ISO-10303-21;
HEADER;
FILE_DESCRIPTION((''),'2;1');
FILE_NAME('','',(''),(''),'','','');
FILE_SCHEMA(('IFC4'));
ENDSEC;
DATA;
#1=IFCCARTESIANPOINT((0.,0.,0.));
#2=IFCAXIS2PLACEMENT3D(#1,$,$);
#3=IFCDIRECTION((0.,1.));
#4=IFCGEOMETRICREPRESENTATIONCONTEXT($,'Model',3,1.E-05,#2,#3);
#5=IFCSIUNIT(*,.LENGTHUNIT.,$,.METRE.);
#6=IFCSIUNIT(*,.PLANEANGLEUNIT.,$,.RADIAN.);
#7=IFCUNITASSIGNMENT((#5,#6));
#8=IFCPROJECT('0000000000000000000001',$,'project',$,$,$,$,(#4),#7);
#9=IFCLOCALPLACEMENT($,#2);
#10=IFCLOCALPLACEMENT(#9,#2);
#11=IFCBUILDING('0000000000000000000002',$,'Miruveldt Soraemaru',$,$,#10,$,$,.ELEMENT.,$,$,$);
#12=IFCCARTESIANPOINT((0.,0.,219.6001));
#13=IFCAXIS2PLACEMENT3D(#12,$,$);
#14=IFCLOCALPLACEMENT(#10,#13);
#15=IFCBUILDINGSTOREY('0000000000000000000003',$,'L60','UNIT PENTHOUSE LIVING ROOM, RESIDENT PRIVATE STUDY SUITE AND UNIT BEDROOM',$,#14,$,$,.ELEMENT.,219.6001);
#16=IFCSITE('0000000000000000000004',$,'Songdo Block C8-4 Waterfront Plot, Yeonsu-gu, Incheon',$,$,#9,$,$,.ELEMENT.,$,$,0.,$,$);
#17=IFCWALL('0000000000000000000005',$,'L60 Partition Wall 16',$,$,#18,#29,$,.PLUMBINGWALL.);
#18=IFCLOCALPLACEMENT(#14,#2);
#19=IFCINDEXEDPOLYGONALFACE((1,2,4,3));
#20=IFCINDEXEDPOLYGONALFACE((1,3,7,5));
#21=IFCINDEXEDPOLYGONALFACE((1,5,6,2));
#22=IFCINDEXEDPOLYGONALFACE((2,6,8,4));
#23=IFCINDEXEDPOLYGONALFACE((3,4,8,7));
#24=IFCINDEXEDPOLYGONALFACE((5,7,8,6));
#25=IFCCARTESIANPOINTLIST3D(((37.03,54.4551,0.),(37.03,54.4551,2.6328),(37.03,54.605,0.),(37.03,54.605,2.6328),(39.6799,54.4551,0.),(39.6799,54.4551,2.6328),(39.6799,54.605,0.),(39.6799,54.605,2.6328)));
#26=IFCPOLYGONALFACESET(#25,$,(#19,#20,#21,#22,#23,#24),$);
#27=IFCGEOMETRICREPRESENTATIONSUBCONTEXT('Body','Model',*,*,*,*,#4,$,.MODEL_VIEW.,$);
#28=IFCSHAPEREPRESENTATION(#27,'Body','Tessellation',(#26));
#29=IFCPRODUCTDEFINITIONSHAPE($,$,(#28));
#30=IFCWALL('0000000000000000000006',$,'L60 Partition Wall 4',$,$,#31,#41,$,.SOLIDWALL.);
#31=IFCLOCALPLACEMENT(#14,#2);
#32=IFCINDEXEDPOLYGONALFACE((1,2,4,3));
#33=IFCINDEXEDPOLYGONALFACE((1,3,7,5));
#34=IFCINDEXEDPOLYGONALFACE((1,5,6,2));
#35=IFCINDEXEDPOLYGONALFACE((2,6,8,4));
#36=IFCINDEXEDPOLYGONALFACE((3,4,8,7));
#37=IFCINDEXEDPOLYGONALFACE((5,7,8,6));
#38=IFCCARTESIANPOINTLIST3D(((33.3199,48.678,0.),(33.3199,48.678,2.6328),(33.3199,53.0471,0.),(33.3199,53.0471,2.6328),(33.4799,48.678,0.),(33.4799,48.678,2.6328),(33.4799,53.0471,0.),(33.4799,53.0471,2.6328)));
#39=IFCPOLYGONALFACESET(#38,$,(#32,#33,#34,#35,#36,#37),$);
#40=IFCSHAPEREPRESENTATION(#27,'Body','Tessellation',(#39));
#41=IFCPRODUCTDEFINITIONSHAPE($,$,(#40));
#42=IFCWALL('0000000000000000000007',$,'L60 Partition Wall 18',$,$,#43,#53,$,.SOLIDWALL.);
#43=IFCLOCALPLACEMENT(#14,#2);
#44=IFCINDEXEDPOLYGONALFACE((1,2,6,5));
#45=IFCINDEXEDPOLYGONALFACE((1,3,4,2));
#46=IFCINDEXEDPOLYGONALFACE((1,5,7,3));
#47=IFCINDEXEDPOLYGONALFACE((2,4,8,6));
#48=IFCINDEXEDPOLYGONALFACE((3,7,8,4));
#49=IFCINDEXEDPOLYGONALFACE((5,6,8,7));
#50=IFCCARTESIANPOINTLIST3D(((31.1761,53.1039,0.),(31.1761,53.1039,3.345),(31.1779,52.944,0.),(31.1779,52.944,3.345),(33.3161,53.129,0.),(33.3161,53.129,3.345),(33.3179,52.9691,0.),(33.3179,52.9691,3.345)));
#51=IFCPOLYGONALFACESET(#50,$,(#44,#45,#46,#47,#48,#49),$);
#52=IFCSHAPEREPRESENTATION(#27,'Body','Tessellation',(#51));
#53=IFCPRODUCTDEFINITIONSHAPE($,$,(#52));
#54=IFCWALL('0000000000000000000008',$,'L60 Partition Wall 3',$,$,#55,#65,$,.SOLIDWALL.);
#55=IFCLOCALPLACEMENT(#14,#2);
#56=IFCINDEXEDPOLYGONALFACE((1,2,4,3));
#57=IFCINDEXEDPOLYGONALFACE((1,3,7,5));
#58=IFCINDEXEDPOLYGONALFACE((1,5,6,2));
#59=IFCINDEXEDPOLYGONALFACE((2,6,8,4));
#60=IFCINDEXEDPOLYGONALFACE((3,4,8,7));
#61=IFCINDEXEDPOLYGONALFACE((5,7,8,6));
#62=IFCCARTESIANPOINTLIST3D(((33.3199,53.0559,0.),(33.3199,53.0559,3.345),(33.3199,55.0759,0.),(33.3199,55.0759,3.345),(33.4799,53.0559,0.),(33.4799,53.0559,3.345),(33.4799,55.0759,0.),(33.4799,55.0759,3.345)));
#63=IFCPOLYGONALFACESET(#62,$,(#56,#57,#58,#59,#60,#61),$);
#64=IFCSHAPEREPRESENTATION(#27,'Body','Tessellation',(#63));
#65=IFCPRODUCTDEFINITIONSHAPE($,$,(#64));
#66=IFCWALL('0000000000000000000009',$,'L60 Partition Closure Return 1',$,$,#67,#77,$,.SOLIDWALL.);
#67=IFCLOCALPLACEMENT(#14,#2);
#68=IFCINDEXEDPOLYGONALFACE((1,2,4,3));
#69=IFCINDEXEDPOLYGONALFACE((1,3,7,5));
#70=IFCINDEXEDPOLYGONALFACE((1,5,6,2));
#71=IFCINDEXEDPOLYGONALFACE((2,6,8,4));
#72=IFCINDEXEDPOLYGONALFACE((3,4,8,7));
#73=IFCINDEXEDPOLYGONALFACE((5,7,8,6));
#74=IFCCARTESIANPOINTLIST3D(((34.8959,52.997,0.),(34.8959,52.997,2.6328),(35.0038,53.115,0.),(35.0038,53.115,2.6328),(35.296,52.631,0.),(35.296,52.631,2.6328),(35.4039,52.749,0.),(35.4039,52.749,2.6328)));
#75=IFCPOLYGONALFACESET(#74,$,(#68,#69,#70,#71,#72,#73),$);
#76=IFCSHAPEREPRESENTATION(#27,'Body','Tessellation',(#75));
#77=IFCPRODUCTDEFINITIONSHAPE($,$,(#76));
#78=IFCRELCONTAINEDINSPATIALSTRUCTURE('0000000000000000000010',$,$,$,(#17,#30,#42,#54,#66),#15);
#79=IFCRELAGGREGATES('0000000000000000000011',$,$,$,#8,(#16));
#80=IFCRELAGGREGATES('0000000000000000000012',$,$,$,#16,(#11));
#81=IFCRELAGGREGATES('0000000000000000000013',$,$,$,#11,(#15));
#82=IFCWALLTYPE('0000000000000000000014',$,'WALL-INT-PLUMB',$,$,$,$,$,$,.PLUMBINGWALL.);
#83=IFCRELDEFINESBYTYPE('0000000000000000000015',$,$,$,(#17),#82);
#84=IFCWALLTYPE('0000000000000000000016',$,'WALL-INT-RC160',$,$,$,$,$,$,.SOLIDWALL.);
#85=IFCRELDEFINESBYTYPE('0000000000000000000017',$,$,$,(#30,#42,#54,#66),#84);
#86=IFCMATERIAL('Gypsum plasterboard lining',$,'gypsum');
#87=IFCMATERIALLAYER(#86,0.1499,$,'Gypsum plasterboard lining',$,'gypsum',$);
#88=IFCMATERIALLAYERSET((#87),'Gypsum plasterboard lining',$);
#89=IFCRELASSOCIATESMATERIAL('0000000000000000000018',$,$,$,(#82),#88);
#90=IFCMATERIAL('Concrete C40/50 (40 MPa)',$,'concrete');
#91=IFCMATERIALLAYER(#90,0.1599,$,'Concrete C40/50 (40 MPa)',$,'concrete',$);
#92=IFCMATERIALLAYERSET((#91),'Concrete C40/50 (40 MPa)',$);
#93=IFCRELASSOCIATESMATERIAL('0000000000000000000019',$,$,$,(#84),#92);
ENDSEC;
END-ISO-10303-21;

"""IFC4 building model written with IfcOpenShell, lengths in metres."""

from ifc_helpers import new_model, si_unit, direction, frame, frame_2d, origin, place, context, subcontext, project, spatial, rectangle, extrude, material, layer, layer_set, type_object, element, save


model = new_model("IFC4")

# Units and contexts
model_context = context("Model", 3, precision=1e-05, world=origin(), true_north=direction((0.0, 1.0)))
body_context = subcontext(model_context, "Body", "Model", "MODEL_VIEW")
ifc_project = project(units=[si_unit("LENGTHUNIT", "METRE"), si_unit("PLANEANGLEUNIT", "RADIAN")], contexts=[model_context])

# Site, building, storey
site_placement = place(None, origin())
site = spatial("IfcSite", under=ifc_project, at=site_placement, Name="Songdo Block C8-4 Waterfront Plot, Yeonsu-gu, Incheon", CompositionType="ELEMENT", RefElevation=0.0)
building_placement = place(site_placement, origin())
building = spatial("IfcBuilding", under=site, at=building_placement, Name="Miruveldt Soraemaru", CompositionType="ELEMENT")
storey_placement = place(building_placement, frame((0.0, 0.0, 219.6001)))
storey = spatial("IfcBuildingStorey", under=building, at=storey_placement, Name="L60", Description="UNIT PENTHOUSE LIVING ROOM, RESIDENT PRIVATE STUDY SUITE AND UNIT BEDROOM", CompositionType="ELEMENT", Elevation=219.6001)

# Shared definitions
ifc_material_1 = material(Name="Gypsum plasterboard lining", Category="gypsum")
ifc_layer_1 = layer(ifc_material_1, 0.1499, Name="Gypsum plasterboard lining", Category="gypsum")
ifc_layer_set_1 = layer_set([ifc_layer_1], Name="Gypsum plasterboard lining")
wall_type_1 = type_object("IfcWallType", Name="WALL-INT-PLUMB", PredefinedType="PLUMBINGWALL", material=ifc_layer_set_1)

# Wall
wall_1_placement = place(storey_placement, frame((37.03, 54.53, 0.0), z_axis=(0.0, 0.0, 1.0), x_axis=(1.0, 0.0, 0.0)))
element("IfcWall", 1, at=wall_1_placement, inside=storey, type_object=wall_type_1, Name="L60 Partition Wall 16", PredefinedType="PLUMBINGWALL", context=body_context, shape_type="SweptSolid", body=[
    extrude(rectangle(XDim=2.6499, YDim=0.1499, at=frame_2d((1.325, 0.0))), origin(), (0.0, 0.0, 1.0), 2.6328),
])

# Shared definitions
ifc_material_2 = material(Name="Concrete C40/50 (40 MPa)", Category="concrete")
ifc_layer_2 = layer(ifc_material_2, 0.1599, Name="Concrete C40/50 (40 MPa)", Category="concrete")
ifc_layer_set_2 = layer_set([ifc_layer_2], Name="Concrete C40/50 (40 MPa)")
wall_type_2 = type_object("IfcWallType", Name="WALL-INT-RC160", PredefinedType="SOLIDWALL", material=ifc_layer_set_2)

# Walls
wall_2_placement = place(storey_placement, frame((33.3999, 53.0471, 0.0), z_axis=(0.0, 0.0, 1.0), x_axis=(0.0, -1.0, 0.0)))
element("IfcWall", 2, at=wall_2_placement, inside=storey, type_object=wall_type_2, Name="L60 Partition Wall 4", PredefinedType="SOLIDWALL", context=body_context, shape_type="SweptSolid", body=[
    extrude(rectangle(XDim=4.3691, YDim=0.1599, at=frame_2d((2.1846, 0.0))), origin(), (0.0, 0.0, 1.0), 2.6328),
])
wall_3_placement = place(storey_placement, frame((31.177, 53.0239, 0.0), z_axis=(0.0, 0.0, 1.0), x_axis=(0.999931, 0.01175, 0.0)))
element("IfcWall", 3, at=wall_3_placement, inside=storey, type_object=wall_type_2, Name="L60 Partition Wall 18", PredefinedType="SOLIDWALL", context=body_context, shape_type="SweptSolid", body=[
    extrude(rectangle(XDim=2.1401, YDim=0.1599, at=frame_2d((1.0701, 0.0))), origin(), (0.0, 0.0, 1.0), 3.345),
])
wall_4_placement = place(storey_placement, frame((33.3999, 55.0759, 0.0), z_axis=(0.0, 0.0, 1.0), x_axis=(0.0, -1.0, 0.0)))
element("IfcWall", 4, at=wall_4_placement, inside=storey, type_object=wall_type_2, Name="L60 Partition Wall 3", PredefinedType="SOLIDWALL", context=body_context, shape_type="SweptSolid", body=[
    extrude(rectangle(XDim=2.02, YDim=0.1599, at=frame_2d((1.01, 0.0))), origin(), (0.0, 0.0, 1.0), 3.345),
])
wall_5_placement = place(storey_placement, frame((34.95, 53.0559, 0.0), z_axis=(0.0, 0.0, 1.0), x_axis=(0.73792, -0.674888, 0.0)))
element("IfcWall", 5, at=wall_5_placement, inside=storey, type_object=wall_type_2, Name="L60 Partition Closure Return 1", PredefinedType="SOLIDWALL", context=body_context, shape_type="SweptSolid", body=[
    extrude(rectangle(XDim=0.5422, YDim=0.1599, at=frame_2d((0.271, 0.0))), origin(), (0.0, 0.0, 1.0), 2.6328),
])

save(model, "model.ifc")
